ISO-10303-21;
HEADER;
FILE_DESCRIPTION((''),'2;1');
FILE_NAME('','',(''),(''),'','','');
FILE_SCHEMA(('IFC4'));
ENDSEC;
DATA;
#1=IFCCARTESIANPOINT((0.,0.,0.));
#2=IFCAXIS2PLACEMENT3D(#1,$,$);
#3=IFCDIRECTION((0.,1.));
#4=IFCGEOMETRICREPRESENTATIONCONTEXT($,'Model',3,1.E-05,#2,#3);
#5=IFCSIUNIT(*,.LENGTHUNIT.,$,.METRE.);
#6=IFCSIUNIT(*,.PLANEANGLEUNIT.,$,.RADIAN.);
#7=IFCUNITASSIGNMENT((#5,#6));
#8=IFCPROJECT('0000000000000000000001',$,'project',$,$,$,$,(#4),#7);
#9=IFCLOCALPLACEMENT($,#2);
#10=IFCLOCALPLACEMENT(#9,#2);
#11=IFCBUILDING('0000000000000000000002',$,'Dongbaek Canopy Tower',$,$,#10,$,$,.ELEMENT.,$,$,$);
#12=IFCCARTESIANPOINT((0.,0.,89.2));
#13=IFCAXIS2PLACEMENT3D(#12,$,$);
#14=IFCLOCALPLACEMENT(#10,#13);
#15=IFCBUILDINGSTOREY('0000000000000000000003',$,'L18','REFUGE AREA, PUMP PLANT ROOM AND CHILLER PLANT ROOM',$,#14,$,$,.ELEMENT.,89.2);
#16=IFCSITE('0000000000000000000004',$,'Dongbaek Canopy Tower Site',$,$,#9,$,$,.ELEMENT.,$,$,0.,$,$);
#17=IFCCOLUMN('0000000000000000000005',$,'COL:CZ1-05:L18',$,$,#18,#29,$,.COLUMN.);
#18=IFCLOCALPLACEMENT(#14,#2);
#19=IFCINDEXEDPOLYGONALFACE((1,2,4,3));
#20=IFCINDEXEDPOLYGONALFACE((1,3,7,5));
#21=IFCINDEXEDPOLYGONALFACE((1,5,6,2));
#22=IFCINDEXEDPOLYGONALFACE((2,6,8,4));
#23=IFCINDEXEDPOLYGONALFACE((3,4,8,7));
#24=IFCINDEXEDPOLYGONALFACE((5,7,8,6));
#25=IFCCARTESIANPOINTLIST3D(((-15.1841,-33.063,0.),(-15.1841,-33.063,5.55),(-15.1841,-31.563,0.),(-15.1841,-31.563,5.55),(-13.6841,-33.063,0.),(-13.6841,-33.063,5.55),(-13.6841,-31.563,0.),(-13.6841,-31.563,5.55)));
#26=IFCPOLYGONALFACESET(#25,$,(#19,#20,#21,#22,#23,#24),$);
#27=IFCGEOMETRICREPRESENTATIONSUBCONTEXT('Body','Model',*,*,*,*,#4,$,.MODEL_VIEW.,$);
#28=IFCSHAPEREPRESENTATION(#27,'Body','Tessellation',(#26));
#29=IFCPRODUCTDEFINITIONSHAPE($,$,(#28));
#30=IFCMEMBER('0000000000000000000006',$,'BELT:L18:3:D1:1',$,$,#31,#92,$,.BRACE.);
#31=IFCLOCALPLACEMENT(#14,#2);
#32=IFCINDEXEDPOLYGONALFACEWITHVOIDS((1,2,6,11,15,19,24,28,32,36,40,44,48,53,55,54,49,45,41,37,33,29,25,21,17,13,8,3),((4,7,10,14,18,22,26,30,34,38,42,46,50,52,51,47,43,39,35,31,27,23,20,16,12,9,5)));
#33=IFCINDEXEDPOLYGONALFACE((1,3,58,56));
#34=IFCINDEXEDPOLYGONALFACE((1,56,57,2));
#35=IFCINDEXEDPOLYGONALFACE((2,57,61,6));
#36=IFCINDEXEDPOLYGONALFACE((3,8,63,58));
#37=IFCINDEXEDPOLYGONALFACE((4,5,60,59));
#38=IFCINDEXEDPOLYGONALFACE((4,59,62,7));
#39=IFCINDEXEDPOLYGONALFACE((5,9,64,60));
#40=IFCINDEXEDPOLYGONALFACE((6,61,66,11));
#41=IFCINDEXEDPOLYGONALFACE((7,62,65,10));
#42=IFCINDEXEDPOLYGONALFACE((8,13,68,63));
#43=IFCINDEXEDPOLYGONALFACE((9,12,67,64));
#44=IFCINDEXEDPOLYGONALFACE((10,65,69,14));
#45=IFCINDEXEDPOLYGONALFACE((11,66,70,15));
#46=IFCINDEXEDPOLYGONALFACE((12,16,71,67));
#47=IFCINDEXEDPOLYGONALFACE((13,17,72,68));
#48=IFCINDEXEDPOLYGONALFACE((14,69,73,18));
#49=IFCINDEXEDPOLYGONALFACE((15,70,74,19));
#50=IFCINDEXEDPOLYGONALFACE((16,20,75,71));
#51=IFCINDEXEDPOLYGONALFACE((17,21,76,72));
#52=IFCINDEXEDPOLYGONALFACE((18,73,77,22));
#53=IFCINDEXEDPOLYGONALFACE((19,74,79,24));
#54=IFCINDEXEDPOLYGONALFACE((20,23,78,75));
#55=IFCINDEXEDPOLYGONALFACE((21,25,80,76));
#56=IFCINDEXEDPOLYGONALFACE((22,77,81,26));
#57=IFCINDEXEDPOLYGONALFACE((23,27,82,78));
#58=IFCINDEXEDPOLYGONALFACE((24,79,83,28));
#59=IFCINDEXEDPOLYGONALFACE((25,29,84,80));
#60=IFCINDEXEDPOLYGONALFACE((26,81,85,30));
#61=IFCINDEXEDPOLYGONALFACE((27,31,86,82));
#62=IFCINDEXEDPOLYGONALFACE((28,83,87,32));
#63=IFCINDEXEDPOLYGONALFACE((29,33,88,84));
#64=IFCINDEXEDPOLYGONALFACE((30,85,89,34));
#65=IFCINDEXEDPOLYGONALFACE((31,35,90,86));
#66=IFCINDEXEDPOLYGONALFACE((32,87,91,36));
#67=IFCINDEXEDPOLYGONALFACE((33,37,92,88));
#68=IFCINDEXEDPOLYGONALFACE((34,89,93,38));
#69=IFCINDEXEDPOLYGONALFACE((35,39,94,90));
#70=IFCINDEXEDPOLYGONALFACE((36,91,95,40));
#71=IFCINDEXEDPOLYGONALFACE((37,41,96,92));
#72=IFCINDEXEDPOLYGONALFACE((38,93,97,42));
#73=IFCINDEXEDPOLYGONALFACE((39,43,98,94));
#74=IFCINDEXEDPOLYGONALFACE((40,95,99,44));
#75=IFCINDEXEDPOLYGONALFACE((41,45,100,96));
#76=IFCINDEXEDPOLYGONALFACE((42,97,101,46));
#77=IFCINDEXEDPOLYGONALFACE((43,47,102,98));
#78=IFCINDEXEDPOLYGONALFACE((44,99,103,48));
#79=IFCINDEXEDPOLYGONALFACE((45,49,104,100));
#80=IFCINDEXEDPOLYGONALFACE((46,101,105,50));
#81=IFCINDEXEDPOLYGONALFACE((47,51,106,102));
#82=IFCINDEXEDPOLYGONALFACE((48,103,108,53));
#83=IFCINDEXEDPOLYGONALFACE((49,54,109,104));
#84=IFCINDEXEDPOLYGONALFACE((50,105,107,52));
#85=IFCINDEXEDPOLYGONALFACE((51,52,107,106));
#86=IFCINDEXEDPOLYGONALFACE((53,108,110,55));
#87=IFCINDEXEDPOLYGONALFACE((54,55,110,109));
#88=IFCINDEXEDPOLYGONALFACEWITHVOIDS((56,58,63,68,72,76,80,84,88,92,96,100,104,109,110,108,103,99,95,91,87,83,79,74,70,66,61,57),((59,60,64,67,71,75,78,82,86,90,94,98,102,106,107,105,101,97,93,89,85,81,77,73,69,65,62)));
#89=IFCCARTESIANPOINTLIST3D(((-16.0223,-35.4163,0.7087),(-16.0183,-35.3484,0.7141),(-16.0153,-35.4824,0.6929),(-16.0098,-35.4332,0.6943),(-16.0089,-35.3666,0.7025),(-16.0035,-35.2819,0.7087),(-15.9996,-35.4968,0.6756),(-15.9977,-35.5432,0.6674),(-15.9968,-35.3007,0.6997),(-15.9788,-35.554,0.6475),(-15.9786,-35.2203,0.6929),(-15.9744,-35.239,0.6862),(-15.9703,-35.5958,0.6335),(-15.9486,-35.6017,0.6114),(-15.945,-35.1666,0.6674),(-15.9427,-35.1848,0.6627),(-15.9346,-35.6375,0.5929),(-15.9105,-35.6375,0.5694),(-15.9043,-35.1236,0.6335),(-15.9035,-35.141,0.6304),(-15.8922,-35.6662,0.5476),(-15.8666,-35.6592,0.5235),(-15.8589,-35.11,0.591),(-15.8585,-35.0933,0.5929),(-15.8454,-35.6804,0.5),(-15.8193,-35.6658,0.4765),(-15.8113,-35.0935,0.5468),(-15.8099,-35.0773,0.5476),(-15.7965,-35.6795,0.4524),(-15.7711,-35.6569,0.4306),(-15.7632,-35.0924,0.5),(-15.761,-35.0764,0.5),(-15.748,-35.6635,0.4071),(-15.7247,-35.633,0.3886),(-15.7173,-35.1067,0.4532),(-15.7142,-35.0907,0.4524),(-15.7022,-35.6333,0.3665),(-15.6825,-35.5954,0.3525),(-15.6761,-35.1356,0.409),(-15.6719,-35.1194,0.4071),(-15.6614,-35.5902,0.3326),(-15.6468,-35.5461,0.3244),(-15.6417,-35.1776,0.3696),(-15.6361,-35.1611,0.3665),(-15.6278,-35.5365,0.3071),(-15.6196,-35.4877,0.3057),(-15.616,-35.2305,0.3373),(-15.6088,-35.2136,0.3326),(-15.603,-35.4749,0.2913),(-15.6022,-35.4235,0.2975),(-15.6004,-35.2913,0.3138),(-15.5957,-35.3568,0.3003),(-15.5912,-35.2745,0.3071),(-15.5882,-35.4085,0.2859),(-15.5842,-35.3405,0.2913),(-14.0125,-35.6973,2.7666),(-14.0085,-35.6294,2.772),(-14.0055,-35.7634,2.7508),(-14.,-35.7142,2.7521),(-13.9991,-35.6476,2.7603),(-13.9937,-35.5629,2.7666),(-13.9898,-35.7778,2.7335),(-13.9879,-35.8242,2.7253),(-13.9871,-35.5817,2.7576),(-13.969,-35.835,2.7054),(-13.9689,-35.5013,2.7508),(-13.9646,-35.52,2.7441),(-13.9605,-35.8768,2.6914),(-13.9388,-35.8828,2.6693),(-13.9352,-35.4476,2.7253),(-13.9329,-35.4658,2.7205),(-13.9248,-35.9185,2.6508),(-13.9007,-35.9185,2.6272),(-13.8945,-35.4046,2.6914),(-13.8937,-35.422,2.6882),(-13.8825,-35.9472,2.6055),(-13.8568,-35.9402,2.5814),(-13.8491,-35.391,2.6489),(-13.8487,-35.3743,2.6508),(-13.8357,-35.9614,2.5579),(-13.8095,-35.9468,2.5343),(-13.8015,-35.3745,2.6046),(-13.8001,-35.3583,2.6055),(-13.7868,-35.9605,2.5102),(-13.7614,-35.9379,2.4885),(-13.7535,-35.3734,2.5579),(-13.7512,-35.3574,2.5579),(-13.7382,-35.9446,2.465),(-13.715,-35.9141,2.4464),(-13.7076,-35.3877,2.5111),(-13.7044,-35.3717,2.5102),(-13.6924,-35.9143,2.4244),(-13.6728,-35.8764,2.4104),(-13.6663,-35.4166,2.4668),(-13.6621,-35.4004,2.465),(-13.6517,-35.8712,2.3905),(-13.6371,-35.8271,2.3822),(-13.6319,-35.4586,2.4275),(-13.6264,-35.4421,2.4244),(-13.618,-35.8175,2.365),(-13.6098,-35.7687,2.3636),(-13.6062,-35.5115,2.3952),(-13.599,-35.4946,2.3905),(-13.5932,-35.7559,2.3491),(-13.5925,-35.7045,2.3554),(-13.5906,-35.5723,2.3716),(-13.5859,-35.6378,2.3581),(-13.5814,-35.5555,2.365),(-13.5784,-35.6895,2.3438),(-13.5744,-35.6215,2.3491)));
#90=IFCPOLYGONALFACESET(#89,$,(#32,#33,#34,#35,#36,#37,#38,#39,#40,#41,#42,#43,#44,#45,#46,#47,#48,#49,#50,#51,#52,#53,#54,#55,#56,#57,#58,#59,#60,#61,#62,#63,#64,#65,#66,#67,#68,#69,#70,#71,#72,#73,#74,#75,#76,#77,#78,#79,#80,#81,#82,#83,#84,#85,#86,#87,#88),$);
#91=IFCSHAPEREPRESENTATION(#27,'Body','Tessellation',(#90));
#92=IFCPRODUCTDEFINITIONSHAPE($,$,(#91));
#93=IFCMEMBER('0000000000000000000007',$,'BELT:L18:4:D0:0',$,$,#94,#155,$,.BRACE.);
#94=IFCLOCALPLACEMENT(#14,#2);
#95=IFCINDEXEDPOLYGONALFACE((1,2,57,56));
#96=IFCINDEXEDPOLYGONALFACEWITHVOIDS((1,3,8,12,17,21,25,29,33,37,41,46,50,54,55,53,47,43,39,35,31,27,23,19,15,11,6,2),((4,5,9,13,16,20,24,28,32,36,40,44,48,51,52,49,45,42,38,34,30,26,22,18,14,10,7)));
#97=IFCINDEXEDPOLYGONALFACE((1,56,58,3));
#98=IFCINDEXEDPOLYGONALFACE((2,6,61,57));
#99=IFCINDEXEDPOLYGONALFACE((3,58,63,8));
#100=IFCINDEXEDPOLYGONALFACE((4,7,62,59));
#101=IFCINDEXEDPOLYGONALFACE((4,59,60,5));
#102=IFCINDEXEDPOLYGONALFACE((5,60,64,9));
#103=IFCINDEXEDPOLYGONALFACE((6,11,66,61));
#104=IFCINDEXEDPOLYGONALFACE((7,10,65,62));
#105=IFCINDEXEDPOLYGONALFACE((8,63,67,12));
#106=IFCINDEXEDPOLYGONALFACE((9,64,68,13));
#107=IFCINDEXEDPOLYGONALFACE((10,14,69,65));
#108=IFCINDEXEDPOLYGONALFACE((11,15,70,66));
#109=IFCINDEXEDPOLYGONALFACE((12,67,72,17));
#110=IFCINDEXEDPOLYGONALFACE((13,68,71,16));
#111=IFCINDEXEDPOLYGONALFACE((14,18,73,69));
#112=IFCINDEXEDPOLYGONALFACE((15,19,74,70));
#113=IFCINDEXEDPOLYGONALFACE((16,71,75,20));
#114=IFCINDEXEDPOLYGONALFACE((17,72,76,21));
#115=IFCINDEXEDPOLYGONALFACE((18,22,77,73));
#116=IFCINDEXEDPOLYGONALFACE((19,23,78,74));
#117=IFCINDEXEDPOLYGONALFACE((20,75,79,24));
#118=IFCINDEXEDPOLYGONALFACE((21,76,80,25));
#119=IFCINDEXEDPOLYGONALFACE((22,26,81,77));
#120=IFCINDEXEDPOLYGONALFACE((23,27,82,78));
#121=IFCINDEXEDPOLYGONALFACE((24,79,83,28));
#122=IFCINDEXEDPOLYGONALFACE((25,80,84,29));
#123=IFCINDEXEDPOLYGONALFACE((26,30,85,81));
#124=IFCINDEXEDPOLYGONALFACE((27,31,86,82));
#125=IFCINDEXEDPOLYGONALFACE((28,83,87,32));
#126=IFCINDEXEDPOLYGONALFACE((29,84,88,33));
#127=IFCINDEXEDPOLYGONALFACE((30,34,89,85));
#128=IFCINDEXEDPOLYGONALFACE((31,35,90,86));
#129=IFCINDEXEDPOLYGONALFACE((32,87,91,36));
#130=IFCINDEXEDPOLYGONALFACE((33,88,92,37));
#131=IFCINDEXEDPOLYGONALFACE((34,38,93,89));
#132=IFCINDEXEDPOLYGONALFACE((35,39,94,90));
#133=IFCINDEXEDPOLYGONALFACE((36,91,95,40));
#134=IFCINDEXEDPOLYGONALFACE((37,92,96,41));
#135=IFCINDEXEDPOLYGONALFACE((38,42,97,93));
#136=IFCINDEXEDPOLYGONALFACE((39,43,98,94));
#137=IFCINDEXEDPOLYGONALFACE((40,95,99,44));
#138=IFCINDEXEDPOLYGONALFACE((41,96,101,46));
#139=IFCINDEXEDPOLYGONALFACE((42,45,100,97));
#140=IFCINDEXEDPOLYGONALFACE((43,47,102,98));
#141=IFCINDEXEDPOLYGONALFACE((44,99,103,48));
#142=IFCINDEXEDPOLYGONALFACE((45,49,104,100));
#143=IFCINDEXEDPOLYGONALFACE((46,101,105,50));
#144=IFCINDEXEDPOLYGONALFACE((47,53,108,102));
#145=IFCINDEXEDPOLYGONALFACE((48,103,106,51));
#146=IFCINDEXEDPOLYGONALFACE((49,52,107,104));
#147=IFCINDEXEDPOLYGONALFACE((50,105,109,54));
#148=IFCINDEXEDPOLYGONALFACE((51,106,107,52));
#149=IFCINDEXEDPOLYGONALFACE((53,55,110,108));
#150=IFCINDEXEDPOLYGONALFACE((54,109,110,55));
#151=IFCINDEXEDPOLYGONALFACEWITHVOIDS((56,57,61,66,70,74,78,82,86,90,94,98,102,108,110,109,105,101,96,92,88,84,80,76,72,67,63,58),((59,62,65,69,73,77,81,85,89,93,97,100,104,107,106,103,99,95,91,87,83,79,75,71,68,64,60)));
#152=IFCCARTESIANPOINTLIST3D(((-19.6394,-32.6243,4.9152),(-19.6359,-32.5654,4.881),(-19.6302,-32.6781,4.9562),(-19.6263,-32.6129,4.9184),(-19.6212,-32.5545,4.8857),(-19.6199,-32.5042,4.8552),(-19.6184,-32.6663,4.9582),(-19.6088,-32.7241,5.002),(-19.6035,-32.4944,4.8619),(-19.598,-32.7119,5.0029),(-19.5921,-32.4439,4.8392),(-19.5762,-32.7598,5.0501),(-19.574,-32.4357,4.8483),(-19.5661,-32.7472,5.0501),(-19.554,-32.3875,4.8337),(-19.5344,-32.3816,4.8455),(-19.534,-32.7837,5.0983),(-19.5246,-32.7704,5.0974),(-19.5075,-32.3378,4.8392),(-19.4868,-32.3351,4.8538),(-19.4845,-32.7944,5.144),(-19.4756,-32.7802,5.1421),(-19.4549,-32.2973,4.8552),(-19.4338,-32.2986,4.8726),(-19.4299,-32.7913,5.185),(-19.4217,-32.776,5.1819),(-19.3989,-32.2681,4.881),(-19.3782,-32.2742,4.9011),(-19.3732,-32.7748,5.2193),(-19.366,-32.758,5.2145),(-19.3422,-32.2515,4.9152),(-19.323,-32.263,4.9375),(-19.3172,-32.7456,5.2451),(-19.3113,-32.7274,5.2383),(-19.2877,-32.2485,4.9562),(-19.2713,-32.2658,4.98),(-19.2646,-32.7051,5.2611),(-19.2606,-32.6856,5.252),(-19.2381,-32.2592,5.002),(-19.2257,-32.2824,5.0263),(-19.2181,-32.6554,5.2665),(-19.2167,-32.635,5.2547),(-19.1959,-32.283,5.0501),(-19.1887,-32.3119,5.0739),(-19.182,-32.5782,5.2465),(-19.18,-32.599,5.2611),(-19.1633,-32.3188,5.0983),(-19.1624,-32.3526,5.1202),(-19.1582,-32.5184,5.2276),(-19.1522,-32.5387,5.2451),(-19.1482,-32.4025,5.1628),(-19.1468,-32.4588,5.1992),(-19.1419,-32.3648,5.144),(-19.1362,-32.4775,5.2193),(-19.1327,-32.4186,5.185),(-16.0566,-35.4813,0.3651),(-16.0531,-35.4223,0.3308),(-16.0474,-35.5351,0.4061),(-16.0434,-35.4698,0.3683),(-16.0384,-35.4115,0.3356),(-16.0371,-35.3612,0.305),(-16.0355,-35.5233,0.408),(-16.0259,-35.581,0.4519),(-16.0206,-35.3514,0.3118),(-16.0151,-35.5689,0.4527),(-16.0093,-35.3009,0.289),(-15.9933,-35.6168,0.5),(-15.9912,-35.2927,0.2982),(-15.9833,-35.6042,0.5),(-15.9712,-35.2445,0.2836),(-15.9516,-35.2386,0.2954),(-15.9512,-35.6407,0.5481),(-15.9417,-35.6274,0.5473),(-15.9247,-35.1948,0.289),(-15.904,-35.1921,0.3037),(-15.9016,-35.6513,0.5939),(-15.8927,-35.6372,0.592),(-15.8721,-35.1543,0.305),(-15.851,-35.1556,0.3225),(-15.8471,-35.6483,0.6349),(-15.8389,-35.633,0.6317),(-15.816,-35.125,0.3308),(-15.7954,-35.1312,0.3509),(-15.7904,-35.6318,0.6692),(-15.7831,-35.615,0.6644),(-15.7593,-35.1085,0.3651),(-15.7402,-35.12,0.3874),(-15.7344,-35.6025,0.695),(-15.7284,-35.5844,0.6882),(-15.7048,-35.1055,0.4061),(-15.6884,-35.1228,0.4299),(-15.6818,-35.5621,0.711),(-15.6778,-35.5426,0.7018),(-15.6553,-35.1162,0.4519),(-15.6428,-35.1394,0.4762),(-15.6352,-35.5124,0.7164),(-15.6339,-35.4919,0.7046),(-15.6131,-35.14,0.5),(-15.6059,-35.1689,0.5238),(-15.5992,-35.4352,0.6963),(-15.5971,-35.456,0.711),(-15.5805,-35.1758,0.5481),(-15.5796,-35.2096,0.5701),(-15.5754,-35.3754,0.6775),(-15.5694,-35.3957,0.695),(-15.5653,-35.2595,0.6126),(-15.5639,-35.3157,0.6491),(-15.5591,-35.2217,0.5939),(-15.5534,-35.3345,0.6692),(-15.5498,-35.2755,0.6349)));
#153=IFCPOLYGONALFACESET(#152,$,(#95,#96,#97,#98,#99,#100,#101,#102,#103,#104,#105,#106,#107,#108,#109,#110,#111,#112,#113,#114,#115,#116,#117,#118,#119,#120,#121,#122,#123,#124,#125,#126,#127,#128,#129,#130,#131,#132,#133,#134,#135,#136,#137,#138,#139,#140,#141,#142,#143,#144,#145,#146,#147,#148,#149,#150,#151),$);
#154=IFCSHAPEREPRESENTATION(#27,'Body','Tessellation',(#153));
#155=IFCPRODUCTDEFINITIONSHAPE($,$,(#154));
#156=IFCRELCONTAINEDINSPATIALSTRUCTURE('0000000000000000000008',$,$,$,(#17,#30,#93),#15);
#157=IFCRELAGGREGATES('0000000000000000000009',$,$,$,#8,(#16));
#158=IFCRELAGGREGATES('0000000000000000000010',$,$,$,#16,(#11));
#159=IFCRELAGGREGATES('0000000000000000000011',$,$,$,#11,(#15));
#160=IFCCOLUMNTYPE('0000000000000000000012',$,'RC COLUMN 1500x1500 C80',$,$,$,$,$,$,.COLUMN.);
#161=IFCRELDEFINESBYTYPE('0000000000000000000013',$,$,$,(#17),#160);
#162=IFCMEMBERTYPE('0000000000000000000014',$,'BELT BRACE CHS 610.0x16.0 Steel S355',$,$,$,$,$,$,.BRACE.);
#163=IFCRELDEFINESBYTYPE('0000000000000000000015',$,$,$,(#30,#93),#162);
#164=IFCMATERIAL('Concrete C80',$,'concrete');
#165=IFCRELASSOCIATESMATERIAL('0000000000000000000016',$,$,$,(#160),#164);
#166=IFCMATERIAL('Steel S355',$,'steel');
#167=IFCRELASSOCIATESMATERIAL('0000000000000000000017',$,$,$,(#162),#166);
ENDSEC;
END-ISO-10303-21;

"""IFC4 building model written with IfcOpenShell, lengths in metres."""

from ifc_helpers import new_model, si_unit, direction, frame, origin, origin_2d, place, context, subcontext, project, spatial, rectangle, hollow_circle, extrude, material, material_profile, profile_set, type_object, element, save


model = new_model("IFC4")

# Units and contexts
model_context = context("Model", 3, precision=1e-05, world=origin(), true_north=direction((0.0, 1.0)))
body_context = subcontext(model_context, "Body", "Model", "MODEL_VIEW")
ifc_project = project(units=[si_unit("LENGTHUNIT", "METRE"), si_unit("PLANEANGLEUNIT", "RADIAN")], contexts=[model_context])

# Site, building, storey
site_placement = place(None, origin())
site = spatial("IfcSite", under=ifc_project, at=site_placement, Name="Dongbaek Canopy Tower Site", CompositionType="ELEMENT", RefElevation=0.0)
building_placement = place(site_placement, origin())
building = spatial("IfcBuilding", under=site, at=building_placement, Name="Dongbaek Canopy Tower", CompositionType="ELEMENT")
storey_placement = place(building_placement, frame((0.0, 0.0, 89.2)))
storey = spatial("IfcBuildingStorey", under=building, at=storey_placement, Name="L18", Description="REFUGE AREA, PUMP PLANT ROOM AND CHILLER PLANT ROOM", CompositionType="ELEMENT", Elevation=89.2)

# Column
ifc_material_1 = material(Name="Concrete C80", Category="concrete")
ifc_material_profile_1 = material_profile(ifc_material_1, rectangle(XDim=1.5, YDim=1.5, at=origin_2d()), Name="RC COLUMN 1500x1500 C80")
ifc_profile_set_1 = profile_set([ifc_material_profile_1], Name="Concrete C80")
column_type = type_object("IfcColumnType", Name="RC COLUMN 1500x1500 C80", PredefinedType="COLUMN", material=ifc_profile_set_1)
column_placement = place(storey_placement, frame((-14.4341, -32.313, 0.0), z_axis=(0.0, 0.0, 1.0), x_axis=(1.0, 0.0, 0.0)))
element("IfcColumn", 1, at=column_placement, inside=storey, type_object=column_type, Name="COL:CZ1-05:L18", PredefinedType="COLUMN", context=body_context, shape_type="SweptSolid", body=[
    extrude(rectangle(XDim=1.5, YDim=1.5, at=origin_2d()), origin(), (0.0, 0.0, 1.0), 5.55),
])

# Members
ifc_material_2 = material(Name="Steel S355", Category="steel")
ifc_material_profile_2 = material_profile(ifc_material_2, hollow_circle(Radius=0.3049, WallThickness=0.0161, at=origin_2d()), Name="BELT BRACE CHS 610.0x16.0 Steel S355")
ifc_profile_set_2 = profile_set([ifc_material_profile_2], Name="Steel S355")
member_type_1 = type_object("IfcMemberType", Name="BELT BRACE CHS 610.0x16.0 Steel S355", PredefinedType="BRACE", material=ifc_profile_set_2)
member_1_placement = place(storey_placement, frame((-15.8032, -35.3784, 0.5), z_axis=(0.695387, -0.097229, 0.712028), x_axis=(0.138473, 0.990366, 0.0)))
element("IfcMember", 2, at=member_1_placement, inside=storey, type_object=member_type_1, Name="BELT:L18:3:D1:1", PredefinedType="BRACE", context=body_context, shape_type="SweptSolid", body=[
    extrude(hollow_circle(Radius=0.3049, WallThickness=0.0161, at=origin_2d()), origin(), (0.0, 0.0, 1.0), 2.8901),
])
member_2_placement = place(storey_placement, frame((-15.8032, -35.3784, 0.5), z_axis=(-0.554809, 0.442411, 0.704599), x_axis=(-0.62346, -0.781855, 0.0)))
element("IfcMember", 3, at=member_2_placement, inside=storey, type_object=member_type_1, Name="BELT:L18:4:D0:0", PredefinedType="BRACE", context=body_context, shape_type="SweptSolid", body=[
    extrude(hollow_circle(Radius=0.3049, WallThickness=0.0161, at=origin_2d()), origin(), (0.0, 0.0, 1.0), 6.4578),
])

save(model, "model.ifc")
